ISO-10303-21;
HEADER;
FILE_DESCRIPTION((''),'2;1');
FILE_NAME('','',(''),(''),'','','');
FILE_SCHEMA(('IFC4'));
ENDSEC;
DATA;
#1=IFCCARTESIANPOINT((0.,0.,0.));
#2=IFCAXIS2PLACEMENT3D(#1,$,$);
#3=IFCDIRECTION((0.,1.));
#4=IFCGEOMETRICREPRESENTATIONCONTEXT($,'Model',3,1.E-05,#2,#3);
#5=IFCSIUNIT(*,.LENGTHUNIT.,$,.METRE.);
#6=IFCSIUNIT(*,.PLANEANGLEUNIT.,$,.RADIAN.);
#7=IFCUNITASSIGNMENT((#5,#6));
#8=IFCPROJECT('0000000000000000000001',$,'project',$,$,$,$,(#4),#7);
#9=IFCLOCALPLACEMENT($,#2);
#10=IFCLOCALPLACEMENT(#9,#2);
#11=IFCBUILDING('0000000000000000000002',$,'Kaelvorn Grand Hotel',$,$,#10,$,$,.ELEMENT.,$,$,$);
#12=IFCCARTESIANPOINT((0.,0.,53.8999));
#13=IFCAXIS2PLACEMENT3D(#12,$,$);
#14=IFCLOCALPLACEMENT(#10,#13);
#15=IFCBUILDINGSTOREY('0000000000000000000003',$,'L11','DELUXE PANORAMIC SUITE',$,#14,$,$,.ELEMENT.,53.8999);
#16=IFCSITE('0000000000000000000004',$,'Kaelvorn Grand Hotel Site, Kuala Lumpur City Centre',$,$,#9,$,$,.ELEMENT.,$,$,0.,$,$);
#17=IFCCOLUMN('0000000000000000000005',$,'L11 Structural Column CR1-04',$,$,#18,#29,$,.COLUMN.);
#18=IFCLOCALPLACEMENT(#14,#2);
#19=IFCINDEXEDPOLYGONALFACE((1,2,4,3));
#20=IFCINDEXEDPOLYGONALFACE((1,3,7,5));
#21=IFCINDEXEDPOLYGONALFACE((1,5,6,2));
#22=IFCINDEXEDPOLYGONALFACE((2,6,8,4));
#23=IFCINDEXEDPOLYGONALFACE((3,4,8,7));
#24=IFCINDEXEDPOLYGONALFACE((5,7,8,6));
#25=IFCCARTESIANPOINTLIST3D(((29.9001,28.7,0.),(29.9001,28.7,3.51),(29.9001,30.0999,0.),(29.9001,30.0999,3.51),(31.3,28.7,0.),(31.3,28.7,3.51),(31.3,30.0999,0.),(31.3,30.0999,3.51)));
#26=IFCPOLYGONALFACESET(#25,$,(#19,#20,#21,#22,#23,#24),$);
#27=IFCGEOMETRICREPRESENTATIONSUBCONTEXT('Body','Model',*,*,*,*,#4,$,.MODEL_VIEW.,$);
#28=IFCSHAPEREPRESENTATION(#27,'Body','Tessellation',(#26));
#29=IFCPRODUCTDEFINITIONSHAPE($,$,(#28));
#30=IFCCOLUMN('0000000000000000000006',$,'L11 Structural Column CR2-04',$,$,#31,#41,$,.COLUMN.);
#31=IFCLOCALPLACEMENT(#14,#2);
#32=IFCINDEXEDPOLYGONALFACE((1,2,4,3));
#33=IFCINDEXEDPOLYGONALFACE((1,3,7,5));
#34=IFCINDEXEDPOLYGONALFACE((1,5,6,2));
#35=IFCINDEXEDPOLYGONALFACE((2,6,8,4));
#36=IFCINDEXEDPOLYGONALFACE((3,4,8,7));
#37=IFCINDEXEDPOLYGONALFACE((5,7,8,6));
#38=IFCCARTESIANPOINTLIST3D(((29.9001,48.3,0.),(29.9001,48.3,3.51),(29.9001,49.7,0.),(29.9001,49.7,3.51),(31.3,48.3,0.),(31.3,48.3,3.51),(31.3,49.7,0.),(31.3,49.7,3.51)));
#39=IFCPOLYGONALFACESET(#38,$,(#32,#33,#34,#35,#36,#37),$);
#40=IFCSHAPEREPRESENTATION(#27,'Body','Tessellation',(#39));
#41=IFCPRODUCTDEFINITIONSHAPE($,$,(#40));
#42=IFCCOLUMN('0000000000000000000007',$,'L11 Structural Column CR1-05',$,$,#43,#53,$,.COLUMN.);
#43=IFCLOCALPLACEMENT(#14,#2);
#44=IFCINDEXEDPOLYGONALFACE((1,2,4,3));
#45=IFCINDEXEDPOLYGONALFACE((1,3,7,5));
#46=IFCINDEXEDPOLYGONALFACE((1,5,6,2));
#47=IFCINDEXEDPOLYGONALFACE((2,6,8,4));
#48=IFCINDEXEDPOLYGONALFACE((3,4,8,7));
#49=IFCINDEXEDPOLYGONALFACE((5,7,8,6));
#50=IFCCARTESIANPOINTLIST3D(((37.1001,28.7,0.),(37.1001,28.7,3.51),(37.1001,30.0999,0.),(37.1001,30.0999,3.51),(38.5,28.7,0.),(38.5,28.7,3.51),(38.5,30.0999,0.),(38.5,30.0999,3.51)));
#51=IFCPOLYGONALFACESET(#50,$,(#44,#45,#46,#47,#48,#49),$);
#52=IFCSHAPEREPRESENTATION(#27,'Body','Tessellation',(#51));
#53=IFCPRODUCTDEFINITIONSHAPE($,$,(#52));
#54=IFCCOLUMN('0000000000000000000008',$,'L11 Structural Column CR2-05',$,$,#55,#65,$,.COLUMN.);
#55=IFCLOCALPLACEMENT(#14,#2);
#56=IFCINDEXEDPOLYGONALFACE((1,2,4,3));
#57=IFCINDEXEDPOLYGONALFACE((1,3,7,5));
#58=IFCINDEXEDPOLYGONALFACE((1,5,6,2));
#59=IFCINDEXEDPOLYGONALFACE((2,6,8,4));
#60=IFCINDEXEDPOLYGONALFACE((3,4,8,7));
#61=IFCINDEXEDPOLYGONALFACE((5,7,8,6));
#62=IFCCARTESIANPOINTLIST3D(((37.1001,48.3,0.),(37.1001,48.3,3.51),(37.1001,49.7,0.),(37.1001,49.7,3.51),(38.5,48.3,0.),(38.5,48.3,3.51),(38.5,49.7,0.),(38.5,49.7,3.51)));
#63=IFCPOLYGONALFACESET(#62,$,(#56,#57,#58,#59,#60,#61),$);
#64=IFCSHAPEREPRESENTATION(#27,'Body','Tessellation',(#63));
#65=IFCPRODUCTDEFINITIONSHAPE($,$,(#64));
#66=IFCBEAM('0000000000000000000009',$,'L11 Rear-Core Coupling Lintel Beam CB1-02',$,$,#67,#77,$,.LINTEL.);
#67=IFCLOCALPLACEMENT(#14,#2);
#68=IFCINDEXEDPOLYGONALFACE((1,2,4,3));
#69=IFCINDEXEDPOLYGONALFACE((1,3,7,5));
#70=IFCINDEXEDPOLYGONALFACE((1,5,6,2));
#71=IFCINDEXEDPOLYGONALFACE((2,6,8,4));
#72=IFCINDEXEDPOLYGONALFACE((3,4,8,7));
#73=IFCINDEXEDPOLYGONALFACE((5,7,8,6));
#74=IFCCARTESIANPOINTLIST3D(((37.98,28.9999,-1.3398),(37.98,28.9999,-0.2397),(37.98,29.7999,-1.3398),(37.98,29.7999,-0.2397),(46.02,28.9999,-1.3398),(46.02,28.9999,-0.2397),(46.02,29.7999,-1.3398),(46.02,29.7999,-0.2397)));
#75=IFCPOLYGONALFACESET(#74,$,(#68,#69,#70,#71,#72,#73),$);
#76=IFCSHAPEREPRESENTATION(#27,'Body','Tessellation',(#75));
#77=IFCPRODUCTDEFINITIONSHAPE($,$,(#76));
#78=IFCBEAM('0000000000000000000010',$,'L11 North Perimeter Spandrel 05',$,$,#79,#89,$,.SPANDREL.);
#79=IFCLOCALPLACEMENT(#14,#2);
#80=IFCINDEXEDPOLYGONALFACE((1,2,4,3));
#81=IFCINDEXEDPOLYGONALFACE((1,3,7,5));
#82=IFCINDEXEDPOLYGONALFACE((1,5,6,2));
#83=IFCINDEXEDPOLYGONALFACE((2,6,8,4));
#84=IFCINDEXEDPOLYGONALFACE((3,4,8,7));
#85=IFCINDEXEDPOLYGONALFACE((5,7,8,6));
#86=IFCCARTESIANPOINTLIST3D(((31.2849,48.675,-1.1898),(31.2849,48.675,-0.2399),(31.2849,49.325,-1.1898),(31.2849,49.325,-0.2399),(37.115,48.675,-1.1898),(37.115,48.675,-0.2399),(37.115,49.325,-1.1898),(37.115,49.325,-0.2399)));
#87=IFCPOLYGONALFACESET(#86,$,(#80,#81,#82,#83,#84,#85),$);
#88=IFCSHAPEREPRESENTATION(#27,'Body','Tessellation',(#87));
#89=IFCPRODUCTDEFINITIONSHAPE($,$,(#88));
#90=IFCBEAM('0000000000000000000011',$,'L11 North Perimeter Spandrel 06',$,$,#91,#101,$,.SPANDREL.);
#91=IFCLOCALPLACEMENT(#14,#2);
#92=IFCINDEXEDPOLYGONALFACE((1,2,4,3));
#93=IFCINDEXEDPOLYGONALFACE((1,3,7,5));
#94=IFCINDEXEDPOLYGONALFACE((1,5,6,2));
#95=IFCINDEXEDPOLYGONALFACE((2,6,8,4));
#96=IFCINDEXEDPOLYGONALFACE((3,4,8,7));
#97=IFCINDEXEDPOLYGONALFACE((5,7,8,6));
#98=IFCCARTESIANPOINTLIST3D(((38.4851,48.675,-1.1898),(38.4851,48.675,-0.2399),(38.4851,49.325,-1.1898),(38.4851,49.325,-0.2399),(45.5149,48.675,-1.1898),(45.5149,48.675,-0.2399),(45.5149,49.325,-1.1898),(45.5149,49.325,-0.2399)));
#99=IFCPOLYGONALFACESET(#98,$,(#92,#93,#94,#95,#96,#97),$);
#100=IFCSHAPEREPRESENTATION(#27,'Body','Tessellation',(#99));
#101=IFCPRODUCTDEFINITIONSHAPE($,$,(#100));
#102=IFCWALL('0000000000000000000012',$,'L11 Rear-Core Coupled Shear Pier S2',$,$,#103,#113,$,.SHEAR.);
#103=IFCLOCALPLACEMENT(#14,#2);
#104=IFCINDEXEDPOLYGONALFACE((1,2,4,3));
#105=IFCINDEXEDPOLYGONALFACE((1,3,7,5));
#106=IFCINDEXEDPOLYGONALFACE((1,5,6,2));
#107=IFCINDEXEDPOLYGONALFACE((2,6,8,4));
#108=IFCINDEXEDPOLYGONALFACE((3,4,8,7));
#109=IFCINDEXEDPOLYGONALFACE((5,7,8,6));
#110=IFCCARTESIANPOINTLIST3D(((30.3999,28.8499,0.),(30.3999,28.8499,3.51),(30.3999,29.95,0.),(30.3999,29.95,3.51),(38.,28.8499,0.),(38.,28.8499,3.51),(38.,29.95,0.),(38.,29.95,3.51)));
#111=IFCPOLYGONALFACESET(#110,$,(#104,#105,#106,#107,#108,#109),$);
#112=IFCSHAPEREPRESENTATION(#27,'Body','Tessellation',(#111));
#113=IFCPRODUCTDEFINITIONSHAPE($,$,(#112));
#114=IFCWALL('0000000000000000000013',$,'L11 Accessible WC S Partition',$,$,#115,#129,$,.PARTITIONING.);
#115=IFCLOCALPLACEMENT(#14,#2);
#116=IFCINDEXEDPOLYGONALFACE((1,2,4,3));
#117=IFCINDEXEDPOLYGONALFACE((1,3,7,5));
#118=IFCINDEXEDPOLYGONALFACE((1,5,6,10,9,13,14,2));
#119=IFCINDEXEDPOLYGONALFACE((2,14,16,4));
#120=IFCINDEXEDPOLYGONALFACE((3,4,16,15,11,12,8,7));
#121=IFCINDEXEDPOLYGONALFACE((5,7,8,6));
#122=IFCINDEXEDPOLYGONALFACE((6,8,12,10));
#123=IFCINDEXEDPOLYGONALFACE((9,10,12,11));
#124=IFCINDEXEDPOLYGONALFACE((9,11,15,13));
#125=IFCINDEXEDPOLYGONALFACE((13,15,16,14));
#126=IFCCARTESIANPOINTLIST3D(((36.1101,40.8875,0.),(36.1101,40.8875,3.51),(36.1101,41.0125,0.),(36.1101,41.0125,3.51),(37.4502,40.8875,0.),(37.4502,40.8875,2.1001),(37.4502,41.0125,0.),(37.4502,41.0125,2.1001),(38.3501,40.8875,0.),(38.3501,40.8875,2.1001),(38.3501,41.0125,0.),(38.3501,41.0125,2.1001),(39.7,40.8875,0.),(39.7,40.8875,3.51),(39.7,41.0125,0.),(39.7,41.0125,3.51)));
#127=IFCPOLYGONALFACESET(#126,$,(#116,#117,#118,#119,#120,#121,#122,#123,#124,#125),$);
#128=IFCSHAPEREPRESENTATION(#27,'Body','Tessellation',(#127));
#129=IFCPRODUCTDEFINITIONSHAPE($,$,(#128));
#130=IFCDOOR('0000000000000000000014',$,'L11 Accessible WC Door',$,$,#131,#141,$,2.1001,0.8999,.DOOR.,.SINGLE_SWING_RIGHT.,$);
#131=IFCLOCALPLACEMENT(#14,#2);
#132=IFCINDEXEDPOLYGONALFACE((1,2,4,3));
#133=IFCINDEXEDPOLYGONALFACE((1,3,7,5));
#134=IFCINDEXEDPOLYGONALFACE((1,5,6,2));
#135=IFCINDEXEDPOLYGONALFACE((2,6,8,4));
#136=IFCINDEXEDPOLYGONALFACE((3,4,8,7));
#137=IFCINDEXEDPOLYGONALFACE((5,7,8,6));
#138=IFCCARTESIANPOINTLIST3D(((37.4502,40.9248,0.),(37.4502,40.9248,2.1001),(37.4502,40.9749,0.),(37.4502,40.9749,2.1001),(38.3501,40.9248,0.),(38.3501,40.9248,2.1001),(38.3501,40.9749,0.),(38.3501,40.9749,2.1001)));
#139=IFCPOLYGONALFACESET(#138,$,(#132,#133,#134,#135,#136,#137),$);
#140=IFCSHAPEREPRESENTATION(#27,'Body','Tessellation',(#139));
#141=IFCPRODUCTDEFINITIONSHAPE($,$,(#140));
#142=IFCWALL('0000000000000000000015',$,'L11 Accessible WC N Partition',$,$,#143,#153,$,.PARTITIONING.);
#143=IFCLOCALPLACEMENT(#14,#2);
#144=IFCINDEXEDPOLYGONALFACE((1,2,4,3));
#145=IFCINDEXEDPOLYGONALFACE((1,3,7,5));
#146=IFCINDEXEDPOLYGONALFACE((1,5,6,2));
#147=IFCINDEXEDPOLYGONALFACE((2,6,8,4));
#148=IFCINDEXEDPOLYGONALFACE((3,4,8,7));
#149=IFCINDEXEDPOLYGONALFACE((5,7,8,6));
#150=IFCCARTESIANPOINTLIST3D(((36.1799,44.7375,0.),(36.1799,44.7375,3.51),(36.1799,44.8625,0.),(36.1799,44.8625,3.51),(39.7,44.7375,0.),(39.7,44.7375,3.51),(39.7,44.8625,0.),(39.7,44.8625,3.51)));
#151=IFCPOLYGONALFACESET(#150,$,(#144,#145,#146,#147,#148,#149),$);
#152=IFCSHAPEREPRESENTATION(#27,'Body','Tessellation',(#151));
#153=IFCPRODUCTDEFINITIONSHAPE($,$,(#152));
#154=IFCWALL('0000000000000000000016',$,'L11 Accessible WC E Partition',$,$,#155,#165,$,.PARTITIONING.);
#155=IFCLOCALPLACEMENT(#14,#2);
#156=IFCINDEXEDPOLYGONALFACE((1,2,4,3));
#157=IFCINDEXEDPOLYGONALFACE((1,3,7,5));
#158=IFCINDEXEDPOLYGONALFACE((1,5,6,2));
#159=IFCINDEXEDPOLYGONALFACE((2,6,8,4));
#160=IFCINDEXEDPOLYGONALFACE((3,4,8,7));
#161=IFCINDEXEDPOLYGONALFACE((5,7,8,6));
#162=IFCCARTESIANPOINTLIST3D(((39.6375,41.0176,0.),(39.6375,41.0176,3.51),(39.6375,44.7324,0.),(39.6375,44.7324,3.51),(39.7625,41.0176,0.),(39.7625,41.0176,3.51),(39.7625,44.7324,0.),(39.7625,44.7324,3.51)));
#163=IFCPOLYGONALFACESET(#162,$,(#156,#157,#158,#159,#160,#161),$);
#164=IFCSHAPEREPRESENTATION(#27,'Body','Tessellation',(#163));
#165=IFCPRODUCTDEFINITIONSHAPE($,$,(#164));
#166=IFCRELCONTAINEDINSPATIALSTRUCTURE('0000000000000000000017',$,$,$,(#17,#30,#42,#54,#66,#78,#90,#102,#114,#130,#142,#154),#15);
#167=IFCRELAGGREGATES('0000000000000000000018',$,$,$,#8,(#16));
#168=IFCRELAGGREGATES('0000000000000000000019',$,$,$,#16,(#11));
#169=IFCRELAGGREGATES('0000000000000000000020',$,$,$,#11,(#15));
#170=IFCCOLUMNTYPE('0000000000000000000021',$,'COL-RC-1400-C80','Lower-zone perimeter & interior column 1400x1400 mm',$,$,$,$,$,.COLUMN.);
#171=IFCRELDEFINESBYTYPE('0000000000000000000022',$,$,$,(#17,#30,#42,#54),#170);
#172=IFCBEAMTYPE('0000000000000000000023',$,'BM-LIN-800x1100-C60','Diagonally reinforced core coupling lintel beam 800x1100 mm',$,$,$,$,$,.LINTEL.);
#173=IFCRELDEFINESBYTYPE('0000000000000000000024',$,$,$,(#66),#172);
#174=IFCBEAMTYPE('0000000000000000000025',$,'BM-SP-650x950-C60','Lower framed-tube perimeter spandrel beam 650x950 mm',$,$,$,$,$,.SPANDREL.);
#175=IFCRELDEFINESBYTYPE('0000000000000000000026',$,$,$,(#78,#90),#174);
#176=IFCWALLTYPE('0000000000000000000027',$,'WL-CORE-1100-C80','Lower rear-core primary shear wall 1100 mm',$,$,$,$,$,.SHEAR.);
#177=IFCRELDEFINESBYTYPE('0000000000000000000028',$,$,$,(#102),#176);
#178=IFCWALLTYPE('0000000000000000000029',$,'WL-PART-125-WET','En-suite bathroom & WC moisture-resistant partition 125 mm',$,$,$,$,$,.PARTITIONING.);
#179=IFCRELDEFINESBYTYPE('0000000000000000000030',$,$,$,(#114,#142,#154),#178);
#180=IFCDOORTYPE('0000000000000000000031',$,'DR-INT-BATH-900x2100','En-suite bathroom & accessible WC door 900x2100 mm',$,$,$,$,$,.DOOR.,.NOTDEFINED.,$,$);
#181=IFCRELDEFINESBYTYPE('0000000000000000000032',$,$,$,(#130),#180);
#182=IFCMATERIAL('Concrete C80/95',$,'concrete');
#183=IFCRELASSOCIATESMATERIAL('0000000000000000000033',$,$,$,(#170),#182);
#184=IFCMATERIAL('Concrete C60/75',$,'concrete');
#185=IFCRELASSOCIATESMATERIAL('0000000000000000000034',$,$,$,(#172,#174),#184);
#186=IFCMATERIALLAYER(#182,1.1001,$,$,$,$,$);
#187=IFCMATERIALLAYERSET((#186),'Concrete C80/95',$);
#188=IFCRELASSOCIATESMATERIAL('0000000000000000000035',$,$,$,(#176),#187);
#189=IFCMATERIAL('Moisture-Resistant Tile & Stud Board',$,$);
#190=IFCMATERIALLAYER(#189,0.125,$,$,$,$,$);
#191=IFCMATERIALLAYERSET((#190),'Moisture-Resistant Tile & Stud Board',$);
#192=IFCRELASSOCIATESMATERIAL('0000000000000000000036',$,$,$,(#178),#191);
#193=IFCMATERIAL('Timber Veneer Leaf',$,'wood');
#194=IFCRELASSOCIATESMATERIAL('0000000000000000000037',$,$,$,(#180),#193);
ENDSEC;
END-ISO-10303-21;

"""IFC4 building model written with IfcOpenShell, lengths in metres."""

from ifc_helpers import new_model, si_unit, direction, frame, frame_2d, origin, origin_2d, place, context, subcontext, project, spatial, rectangle, extrude, material, layer, layer_set, material_profile, profile_set, type_object, element, fill, save


model = new_model("IFC4")

# Units and contexts
model_context = context("Model", 3, precision=1e-05, world=origin(), true_north=direction((0.0, 1.0)))
body_context = subcontext(model_context, "Body", "Model", "MODEL_VIEW")
ifc_project = project(units=[si_unit("LENGTHUNIT", "METRE"), si_unit("PLANEANGLEUNIT", "RADIAN")], contexts=[model_context])

# Site, building, storey
site_placement = place(None, origin())
site = spatial("IfcSite", under=ifc_project, at=site_placement, Name="Kaelvorn Grand Hotel Site, Kuala Lumpur City Centre", CompositionType="ELEMENT", RefElevation=0.0)
building_placement = place(site_placement, origin())
building = spatial("IfcBuilding", under=site, at=building_placement, Name="Kaelvorn Grand Hotel", CompositionType="ELEMENT")
storey_placement = place(building_placement, frame((0.0, 0.0, 53.8999)))
storey = spatial("IfcBuildingStorey", under=building, at=storey_placement, Name="L11", Description="DELUXE PANORAMIC SUITE", CompositionType="ELEMENT", Elevation=53.8999)

# Columns
ifc_material_1 = material(Name="Concrete C80/95", Category="concrete")
ifc_material_profile_1 = material_profile(ifc_material_1, rectangle(XDim=1.3999, YDim=1.3999, at=origin_2d()), Name="RC COL 1400x1400")
ifc_profile_set_1 = profile_set([ifc_material_profile_1], Name="Concrete C80/95")
column_type = type_object("IfcColumnType", Name="COL-RC-1400-C80", Description="Lower-zone perimeter & interior column 1400x1400 mm", PredefinedType="COLUMN", material=ifc_profile_set_1)
for number, where, z_axis, x_axis, name in (
    (1, (30.6001, 29.3999, 0.0), (0.0, 0.0, 1.0), (1.0, 0.0, 0.0), "L11 Structural Column CR1-04"),
    (2, (30.6001, 49.0, 0.0), (0.0, 0.0, 1.0), (1.0, 0.0, 0.0), "L11 Structural Column CR2-04"),
    (3, (37.8, 29.3999, 0.0), (0.0, 0.0, 1.0), (1.0, 0.0, 0.0), "L11 Structural Column CR1-05"),
    (4, (37.8, 49.0, 0.0), (0.0, 0.0, 1.0), (1.0, 0.0, 0.0), "L11 Structural Column CR2-05"),
):
    element("IfcColumn", number, at=place(storey_placement, frame(where, z_axis=z_axis, x_axis=x_axis)), inside=storey, type_object=column_type, Name=name, PredefinedType="COLUMN", context=body_context, shape_type="SweptSolid", body=[
        extrude(rectangle(XDim=1.3999, YDim=1.3999, at=origin_2d()), origin(), (0.0, 0.0, 1.0), 3.51),
    ])

# Beams
ifc_material_2 = material(Name="Concrete C60/75", Category="concrete")
ifc_material_profile_2 = material_profile(ifc_material_2, rectangle(XDim=0.8, YDim=1.1001, at=origin_2d()), Name="RC LINTEL 800x1100")
ifc_profile_set_2 = profile_set([ifc_material_profile_2], Name="Concrete C60/75")
beam_type_1 = type_object("IfcBeamType", Name="BM-LIN-800x1100-C60", Description="Diagonally reinforced core coupling lintel beam 800x1100 mm", PredefinedType="LINTEL", material=ifc_profile_set_2)
beam_1_placement = place(storey_placement, frame((37.98, 29.3999, -0.7898), z_axis=(1.0, 0.0, 0.0), x_axis=(0.0, 1.0, 0.0)))
element("IfcBeam", 5, at=beam_1_placement, inside=storey, type_object=beam_type_1, Name="L11 Rear-Core Coupling Lintel Beam CB1-02", PredefinedType="LINTEL", context=body_context, shape_type="SweptSolid", body=[
    extrude(rectangle(XDim=0.8, YDim=1.1001, at=origin_2d()), origin(), (0.0, 0.0, 1.0), 8.04),
])
ifc_material_profile_3 = material_profile(ifc_material_2, rectangle(XDim=0.6499, YDim=0.95, at=origin_2d()), Name="RC SPANDREL 650x950")
ifc_profile_set_3 = profile_set([ifc_material_profile_3], Name="Concrete C60/75")
beam_type_2 = type_object("IfcBeamType", Name="BM-SP-650x950-C60", Description="Lower framed-tube perimeter spandrel beam 650x950 mm", PredefinedType="SPANDREL", material=ifc_profile_set_3)
beam_2_placement = place(storey_placement, frame((31.2849, 49.0, -0.7148), z_axis=(1.0, 0.0, 0.0), x_axis=(0.0, 1.0, 0.0)))
element("IfcBeam", 6, at=beam_2_placement, inside=storey, type_object=beam_type_2, Name="L11 North Perimeter Spandrel 05", PredefinedType="SPANDREL", context=body_context, shape_type="SweptSolid", body=[
    extrude(rectangle(XDim=0.6499, YDim=0.95, at=origin_2d()), origin(), (0.0, 0.0, 1.0), 5.8301),
])
beam_3_placement = place(storey_placement, frame((38.4851, 49.0, -0.7148), z_axis=(1.0, 0.0, 0.0), x_axis=(0.0, 1.0, 0.0)))
element("IfcBeam", 7, at=beam_3_placement, inside=storey, type_object=beam_type_2, Name="L11 North Perimeter Spandrel 06", PredefinedType="SPANDREL", context=body_context, shape_type="SweptSolid", body=[
    extrude(rectangle(XDim=0.6499, YDim=0.95, at=origin_2d()), origin(), (0.0, 0.0, 1.0), 7.0298),
])

# Wall
ifc_layer_1 = layer(ifc_material_1, 1.1001)
ifc_layer_set_1 = layer_set([ifc_layer_1], Name="Concrete C80/95")
wall_type_1 = type_object("IfcWallType", Name="WL-CORE-1100-C80", Description="Lower rear-core primary shear wall 1100 mm", PredefinedType="SHEAR", material=ifc_layer_set_1)
wall_1_placement = place(storey_placement, frame((30.3999, 29.3999, 0.0), z_axis=(0.0, 0.0, 1.0), x_axis=(1.0, 0.0, 0.0)))
element("IfcWall", 8, at=wall_1_placement, inside=storey, type_object=wall_type_1, Name="L11 Rear-Core Coupled Shear Pier S2", PredefinedType="SHEAR", context=body_context, shape_type="SweptSolid", body=[
    extrude(rectangle(XDim=7.6001, YDim=1.1001, at=frame_2d((3.8, 0.0))), origin(), (0.0, 0.0, 1.0), 3.51),
])

# Wall, opening, door
ifc_material_3 = material(Name="Moisture-Resistant Tile & Stud Board")
ifc_layer_2 = layer(ifc_material_3, 0.125)
ifc_layer_set_2 = layer_set([ifc_layer_2], Name="Moisture-Resistant Tile & Stud Board")
wall_type_2 = type_object("IfcWallType", Name="WL-PART-125-WET", Description="En-suite bathroom & WC moisture-resistant partition 125 mm", PredefinedType="PARTITIONING", material=ifc_layer_set_2)
wall_2_placement = place(storey_placement, frame((36.1101, 40.95, 0.0), z_axis=(0.0, 0.0, 1.0), x_axis=(1.0, 0.0, 0.0)))
wall_2 = element("IfcWall", 9, at=wall_2_placement, inside=storey, type_object=wall_type_2, Name="L11 Accessible WC S Partition", PredefinedType="PARTITIONING", context=body_context, shape_type="SweptSolid", body=[
    extrude(rectangle(XDim=3.5898, YDim=0.125, at=frame_2d((1.7949, 0.0))), origin(), (0.0, 0.0, 1.0), 3.51),
])
opening_1_placement = place(wall_2_placement, frame((1.3401, 0.0, 0.0)))
opening_1 = element("IfcOpeningElement", 10, at=opening_1_placement, cuts=wall_2, PredefinedType="OPENING", context=body_context, shape_type="SweptSolid", body=[
    extrude(rectangle(XDim=0.8999, YDim=2.1001, at=frame_2d((0.45, 1.05))), frame((0.0, 0.0725, 0.0), z_axis=(0.0, -1.0, 0.0), x_axis=(1.0, 0.0, 0.0)), (0.0, 0.0, 1.0), 0.145),
])
ifc_material_4 = material(Name="Timber Veneer Leaf", Category="wood")
door_type_1 = type_object("IfcDoorType", Name="DR-INT-BATH-900x2100", Description="En-suite bathroom & accessible WC door 900x2100 mm", OperationType="NOTDEFINED", PredefinedType="DOOR", material=ifc_material_4)
door_1_placement = place(opening_1_placement, origin())
door_1 = element("IfcDoor", 11, at=door_1_placement, inside=storey, type_object=door_type_1, Name="L11 Accessible WC Door", OperationType="SINGLE_SWING_RIGHT", OverallHeight=2.1001, OverallWidth=0.8999, PredefinedType="DOOR", context=body_context, shape_type="SweptSolid", body=[
    extrude(rectangle(XDim=0.8999, YDim=2.1001, at=frame_2d((0.45, 1.05))), frame((0.0, 0.0249, 0.0), z_axis=(0.0, -1.0, 0.0), x_axis=(1.0, 0.0, 0.0)), (0.0, 0.0, 1.0), 0.05),
])
fill(opening_1, door_1)

# Walls
wall_3_placement = place(storey_placement, frame((36.1799, 44.8, 0.0), z_axis=(0.0, 0.0, 1.0), x_axis=(1.0, 0.0, 0.0)))
element("IfcWall", 12, at=wall_3_placement, inside=storey, type_object=wall_type_2, Name="L11 Accessible WC N Partition", PredefinedType="PARTITIONING", context=body_context, shape_type="SweptSolid", body=[
    extrude(rectangle(XDim=3.52, YDim=0.125, at=frame_2d((1.76, 0.0))), origin(), (0.0, 0.0, 1.0), 3.51),
])
wall_4_placement = place(storey_placement, frame((39.7, 41.0176, 0.0), z_axis=(0.0, 0.0, 1.0), x_axis=(0.0, 1.0, 0.0)))
element("IfcWall", 13, at=wall_4_placement, inside=storey, type_object=wall_type_2, Name="L11 Accessible WC E Partition", PredefinedType="PARTITIONING", context=body_context, shape_type="SweptSolid", body=[
    extrude(rectangle(XDim=3.7148, YDim=0.125, at=frame_2d((1.8574, 0.0))), origin(), (0.0, 0.0, 1.0), 3.51),
])

save(model, "model.ifc")
